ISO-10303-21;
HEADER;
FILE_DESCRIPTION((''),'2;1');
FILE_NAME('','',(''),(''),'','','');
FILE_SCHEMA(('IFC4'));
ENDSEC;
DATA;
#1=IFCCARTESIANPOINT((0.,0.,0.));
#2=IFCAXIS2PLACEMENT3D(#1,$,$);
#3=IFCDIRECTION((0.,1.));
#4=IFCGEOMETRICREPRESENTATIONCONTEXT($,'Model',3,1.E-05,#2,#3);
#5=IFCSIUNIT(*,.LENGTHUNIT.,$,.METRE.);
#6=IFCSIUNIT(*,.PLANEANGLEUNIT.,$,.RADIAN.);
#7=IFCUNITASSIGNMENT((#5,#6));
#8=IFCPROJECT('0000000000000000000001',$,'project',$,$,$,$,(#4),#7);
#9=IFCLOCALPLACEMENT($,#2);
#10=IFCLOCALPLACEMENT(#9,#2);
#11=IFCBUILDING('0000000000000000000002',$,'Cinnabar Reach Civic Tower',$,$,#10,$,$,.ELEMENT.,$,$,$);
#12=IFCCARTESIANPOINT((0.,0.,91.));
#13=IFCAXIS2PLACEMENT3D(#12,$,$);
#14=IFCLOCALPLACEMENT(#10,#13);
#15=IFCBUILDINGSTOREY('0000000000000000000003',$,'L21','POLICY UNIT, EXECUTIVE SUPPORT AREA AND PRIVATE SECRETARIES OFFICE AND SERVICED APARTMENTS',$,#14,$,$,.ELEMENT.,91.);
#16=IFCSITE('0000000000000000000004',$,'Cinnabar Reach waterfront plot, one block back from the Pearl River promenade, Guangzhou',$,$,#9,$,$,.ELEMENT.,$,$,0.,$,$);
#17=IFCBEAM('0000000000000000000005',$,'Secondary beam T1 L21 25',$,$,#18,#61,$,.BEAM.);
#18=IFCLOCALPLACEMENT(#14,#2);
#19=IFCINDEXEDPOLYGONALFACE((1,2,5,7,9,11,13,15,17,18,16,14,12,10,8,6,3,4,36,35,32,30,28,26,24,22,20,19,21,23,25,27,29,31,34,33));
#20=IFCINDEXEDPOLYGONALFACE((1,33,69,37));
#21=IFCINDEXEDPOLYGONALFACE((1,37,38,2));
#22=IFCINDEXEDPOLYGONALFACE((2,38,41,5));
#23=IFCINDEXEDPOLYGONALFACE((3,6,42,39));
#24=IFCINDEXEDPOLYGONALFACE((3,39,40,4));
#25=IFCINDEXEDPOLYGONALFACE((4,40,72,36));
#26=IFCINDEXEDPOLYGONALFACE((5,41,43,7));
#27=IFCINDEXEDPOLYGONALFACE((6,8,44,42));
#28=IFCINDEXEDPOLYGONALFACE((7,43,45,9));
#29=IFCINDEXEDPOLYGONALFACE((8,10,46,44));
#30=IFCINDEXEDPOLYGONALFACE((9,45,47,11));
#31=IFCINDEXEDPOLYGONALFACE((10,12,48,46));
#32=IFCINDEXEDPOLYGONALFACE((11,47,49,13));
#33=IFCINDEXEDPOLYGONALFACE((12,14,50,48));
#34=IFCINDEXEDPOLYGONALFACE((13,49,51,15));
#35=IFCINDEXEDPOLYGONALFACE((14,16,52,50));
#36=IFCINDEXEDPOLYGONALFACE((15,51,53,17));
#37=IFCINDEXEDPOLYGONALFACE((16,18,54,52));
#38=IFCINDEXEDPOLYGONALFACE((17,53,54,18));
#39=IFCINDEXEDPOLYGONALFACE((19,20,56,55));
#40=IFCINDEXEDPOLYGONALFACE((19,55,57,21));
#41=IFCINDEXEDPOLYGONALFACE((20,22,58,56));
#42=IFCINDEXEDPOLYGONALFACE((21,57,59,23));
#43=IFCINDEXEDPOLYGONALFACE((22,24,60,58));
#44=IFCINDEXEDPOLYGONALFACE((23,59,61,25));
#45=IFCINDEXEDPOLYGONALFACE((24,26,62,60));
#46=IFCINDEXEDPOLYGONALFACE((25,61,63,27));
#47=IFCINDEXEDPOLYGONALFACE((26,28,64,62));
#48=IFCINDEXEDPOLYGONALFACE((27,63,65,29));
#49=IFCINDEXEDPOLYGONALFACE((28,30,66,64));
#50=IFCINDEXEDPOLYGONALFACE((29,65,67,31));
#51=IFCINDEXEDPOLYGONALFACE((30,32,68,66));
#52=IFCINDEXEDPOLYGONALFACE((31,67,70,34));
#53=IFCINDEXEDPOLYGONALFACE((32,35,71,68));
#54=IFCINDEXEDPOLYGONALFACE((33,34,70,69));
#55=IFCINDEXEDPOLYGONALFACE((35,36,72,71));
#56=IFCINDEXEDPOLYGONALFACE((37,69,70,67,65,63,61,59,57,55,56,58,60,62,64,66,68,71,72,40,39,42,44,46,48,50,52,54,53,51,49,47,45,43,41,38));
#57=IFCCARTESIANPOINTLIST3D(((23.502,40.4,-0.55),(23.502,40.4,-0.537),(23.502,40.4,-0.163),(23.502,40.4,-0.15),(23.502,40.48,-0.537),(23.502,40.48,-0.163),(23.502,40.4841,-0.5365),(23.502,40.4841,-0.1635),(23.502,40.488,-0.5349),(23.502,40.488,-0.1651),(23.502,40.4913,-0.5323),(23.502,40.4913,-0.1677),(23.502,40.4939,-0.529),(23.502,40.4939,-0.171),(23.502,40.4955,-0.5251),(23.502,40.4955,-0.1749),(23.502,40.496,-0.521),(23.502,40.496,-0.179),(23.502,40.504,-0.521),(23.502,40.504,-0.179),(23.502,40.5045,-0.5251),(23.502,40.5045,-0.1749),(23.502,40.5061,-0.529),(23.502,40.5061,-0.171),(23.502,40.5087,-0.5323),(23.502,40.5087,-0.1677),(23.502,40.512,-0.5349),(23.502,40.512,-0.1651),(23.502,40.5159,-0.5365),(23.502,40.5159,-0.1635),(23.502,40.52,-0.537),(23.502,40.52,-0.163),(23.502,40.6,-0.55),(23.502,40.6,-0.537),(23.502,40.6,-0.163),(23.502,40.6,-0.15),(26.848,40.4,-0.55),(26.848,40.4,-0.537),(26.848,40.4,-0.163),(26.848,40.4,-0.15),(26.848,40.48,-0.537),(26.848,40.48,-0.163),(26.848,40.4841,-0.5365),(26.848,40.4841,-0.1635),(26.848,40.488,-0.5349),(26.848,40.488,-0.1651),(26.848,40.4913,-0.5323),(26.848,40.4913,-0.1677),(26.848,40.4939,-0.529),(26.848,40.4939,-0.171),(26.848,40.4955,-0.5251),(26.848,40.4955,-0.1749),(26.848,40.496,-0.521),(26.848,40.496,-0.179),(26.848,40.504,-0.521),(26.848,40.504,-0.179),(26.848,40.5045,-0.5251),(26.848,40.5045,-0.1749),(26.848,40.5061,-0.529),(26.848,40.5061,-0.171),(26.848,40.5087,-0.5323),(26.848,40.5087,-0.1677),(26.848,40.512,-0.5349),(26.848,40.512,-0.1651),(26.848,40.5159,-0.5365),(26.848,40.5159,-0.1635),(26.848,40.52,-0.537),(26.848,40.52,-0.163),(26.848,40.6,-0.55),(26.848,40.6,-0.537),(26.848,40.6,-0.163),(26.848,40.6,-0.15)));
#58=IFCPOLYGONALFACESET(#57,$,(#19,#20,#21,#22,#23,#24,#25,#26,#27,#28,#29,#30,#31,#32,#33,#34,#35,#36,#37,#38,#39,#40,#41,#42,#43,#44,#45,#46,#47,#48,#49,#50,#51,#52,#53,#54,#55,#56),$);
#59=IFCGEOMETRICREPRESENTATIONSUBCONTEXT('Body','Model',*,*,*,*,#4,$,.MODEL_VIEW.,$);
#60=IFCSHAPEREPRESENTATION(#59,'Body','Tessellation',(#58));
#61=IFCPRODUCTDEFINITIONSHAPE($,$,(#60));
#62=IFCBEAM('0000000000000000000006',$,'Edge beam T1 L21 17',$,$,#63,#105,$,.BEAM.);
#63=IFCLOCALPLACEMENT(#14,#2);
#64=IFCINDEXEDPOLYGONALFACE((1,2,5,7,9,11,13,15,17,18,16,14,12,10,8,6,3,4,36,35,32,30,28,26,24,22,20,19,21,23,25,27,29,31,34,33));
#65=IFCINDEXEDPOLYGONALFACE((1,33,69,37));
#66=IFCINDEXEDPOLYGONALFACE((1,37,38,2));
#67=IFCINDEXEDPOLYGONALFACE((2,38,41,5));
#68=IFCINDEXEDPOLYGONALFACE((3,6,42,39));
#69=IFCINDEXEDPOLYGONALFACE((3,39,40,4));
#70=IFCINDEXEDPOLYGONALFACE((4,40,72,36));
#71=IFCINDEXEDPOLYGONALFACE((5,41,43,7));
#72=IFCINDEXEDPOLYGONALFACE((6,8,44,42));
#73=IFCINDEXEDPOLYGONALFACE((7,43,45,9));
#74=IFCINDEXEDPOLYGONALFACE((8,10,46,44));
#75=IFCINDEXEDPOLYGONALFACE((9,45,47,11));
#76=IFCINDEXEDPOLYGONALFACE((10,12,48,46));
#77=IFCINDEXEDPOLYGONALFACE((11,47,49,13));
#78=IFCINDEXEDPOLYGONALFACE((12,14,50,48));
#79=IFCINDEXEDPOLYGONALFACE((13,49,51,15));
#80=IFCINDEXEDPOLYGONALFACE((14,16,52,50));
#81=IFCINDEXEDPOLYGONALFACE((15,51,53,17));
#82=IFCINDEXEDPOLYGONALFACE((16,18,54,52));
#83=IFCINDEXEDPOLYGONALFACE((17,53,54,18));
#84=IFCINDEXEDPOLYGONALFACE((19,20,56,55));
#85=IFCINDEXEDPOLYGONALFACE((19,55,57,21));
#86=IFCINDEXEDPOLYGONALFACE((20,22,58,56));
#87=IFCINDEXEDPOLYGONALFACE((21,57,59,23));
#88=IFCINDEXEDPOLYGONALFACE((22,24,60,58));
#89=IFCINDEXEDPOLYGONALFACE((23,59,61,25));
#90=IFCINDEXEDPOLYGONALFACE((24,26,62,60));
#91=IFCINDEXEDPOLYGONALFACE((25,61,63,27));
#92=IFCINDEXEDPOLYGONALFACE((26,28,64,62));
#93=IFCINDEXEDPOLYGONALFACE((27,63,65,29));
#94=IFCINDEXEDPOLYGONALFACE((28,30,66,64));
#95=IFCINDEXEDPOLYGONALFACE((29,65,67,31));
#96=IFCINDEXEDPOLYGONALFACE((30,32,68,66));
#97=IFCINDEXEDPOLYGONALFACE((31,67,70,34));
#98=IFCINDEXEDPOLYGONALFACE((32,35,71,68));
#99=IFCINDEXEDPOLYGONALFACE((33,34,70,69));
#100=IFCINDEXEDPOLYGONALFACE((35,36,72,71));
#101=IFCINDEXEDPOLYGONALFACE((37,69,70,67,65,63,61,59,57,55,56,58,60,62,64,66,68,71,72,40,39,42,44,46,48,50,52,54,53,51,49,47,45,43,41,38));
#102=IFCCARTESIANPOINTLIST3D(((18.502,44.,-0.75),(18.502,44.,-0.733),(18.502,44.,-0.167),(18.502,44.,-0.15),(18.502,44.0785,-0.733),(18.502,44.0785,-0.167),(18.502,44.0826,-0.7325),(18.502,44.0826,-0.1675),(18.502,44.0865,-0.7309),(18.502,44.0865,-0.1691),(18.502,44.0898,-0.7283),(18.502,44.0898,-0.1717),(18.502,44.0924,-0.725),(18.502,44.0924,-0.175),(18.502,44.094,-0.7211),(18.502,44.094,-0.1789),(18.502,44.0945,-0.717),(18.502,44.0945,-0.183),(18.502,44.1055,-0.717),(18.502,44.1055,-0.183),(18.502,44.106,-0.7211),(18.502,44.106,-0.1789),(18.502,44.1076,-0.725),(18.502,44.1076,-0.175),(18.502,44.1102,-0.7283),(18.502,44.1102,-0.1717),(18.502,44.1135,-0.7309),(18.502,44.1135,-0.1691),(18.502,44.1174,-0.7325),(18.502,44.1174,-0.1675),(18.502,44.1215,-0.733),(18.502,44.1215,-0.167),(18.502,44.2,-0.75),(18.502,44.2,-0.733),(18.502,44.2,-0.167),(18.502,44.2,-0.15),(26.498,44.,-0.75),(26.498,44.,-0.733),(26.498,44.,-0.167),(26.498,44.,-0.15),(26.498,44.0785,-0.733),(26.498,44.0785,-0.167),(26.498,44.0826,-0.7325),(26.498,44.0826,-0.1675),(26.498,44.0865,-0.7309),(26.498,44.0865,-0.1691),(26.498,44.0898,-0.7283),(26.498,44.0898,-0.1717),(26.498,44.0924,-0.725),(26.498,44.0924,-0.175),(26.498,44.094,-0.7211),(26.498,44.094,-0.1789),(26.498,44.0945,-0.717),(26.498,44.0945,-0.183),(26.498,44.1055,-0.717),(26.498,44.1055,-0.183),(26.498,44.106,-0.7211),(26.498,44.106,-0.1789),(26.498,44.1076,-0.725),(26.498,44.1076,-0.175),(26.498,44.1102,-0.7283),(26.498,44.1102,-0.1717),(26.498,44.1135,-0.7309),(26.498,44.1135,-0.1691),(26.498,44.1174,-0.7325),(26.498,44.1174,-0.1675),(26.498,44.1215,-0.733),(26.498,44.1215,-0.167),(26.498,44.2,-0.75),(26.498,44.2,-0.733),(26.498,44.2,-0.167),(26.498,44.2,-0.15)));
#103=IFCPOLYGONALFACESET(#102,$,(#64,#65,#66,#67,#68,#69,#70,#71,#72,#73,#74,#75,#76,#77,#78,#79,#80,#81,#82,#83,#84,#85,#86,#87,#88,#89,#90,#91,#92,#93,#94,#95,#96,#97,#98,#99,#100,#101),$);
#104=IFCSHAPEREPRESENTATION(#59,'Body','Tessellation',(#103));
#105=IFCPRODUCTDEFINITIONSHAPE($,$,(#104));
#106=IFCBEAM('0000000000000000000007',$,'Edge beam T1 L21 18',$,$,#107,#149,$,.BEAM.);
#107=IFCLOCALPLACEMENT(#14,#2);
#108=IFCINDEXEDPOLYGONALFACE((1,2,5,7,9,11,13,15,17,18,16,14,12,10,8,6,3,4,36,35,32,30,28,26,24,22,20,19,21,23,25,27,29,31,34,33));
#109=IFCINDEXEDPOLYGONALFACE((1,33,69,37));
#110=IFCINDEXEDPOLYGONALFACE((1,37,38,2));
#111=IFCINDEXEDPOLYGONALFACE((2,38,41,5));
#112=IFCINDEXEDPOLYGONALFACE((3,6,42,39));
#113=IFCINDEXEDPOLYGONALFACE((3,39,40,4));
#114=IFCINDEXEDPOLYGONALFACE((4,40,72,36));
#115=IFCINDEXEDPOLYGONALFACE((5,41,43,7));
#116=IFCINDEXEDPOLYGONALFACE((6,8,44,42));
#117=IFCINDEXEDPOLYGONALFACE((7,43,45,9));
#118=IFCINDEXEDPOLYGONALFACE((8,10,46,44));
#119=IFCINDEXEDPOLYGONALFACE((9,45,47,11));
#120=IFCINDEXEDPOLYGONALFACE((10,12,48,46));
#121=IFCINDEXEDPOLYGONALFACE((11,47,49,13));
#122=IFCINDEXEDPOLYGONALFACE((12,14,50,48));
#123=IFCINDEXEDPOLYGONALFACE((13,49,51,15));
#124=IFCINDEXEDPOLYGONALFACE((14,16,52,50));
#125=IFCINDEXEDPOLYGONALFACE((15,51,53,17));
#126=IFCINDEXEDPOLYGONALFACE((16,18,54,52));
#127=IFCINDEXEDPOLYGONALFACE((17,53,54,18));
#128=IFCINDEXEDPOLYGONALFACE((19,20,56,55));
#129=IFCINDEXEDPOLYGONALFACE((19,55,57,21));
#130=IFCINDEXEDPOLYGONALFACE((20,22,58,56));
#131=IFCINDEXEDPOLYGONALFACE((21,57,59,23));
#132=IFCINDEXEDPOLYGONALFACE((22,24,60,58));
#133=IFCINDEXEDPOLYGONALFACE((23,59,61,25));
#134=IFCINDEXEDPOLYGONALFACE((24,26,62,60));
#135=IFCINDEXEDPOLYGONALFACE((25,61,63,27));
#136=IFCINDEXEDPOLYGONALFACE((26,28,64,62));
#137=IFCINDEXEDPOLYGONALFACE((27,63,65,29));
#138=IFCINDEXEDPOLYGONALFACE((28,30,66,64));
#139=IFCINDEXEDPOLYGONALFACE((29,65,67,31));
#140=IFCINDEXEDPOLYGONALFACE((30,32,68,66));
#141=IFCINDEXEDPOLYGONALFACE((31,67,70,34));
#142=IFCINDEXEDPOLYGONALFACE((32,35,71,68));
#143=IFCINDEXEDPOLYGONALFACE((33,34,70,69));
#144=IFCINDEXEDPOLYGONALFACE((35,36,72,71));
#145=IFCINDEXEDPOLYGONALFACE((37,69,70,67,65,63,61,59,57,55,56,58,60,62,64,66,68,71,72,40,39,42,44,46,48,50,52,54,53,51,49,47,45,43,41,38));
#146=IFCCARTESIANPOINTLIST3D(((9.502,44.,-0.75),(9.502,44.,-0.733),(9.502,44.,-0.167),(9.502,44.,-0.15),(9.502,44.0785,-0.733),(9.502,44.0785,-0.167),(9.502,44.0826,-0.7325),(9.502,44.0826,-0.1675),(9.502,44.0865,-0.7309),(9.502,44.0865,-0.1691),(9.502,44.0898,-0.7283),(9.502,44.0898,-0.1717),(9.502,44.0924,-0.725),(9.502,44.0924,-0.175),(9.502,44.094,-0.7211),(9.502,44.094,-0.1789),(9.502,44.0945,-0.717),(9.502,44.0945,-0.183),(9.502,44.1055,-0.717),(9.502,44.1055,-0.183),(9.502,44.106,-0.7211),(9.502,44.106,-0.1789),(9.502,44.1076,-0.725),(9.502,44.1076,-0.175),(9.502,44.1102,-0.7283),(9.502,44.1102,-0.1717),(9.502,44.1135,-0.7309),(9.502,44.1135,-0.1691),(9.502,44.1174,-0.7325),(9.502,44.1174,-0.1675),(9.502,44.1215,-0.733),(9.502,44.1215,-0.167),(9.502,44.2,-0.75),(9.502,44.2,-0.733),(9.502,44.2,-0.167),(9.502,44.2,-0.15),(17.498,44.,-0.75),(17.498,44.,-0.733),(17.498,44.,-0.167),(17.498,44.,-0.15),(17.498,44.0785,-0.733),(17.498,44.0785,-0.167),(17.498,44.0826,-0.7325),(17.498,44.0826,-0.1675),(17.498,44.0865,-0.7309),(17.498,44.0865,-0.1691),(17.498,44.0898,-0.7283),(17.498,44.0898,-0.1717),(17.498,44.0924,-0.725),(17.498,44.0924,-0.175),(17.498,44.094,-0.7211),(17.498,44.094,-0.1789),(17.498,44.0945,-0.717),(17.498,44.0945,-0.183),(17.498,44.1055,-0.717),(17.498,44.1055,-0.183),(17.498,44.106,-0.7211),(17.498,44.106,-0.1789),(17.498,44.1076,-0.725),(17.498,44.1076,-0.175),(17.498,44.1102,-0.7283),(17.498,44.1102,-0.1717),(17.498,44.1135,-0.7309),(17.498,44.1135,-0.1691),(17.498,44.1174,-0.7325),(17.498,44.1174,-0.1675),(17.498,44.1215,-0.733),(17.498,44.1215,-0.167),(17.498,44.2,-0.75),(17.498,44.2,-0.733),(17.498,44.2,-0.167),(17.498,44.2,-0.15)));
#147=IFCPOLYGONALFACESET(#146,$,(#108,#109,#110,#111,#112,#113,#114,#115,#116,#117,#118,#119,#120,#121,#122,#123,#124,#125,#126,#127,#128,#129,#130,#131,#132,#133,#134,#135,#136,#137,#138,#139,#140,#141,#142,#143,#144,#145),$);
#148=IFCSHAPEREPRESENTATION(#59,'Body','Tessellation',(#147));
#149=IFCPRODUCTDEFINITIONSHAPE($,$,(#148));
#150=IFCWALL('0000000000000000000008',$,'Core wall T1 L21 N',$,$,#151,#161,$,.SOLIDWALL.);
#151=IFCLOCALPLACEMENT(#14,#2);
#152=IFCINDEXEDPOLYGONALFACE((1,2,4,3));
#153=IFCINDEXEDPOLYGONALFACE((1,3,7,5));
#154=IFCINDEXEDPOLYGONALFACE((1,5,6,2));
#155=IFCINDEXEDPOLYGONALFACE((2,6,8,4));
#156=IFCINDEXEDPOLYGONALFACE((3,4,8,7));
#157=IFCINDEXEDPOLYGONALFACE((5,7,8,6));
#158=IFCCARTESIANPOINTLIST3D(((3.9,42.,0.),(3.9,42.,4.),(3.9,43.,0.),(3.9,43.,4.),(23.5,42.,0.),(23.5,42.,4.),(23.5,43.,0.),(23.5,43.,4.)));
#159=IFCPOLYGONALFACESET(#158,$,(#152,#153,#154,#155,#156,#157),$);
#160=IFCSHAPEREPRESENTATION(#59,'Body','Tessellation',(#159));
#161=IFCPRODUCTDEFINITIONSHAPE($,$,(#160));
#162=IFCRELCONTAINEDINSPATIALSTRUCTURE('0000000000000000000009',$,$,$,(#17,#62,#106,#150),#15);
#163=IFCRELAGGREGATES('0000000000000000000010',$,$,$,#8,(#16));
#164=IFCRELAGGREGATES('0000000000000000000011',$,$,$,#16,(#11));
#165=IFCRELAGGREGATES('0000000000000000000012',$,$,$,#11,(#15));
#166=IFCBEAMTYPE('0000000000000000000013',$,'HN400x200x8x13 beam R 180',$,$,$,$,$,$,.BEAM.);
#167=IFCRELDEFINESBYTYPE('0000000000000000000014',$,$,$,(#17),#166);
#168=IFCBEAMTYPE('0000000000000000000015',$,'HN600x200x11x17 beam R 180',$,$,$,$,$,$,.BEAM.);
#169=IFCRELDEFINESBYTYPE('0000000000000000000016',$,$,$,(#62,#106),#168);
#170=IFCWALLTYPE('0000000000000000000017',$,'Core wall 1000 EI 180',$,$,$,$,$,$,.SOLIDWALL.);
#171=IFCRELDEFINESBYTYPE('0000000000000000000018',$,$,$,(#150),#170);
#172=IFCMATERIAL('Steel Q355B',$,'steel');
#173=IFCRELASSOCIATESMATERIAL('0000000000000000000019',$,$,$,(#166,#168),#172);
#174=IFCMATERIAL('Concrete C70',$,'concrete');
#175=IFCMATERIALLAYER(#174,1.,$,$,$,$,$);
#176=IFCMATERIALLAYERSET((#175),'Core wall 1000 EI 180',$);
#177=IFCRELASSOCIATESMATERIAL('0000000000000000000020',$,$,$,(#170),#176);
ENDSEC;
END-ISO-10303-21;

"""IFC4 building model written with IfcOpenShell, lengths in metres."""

from ifc_helpers import new_model, si_unit, direction, frame, frame_2d, origin, origin_2d, place, context, subcontext, project, spatial, rectangle, i_section, extrude, material, layer, layer_set, material_profile, profile_set, type_object, element, save


model = new_model("IFC4")

# Units and contexts
model_context = context("Model", 3, precision=1e-05, world=origin(), true_north=direction((0.0, 1.0)))
body_context = subcontext(model_context, "Body", "Model", "MODEL_VIEW")
ifc_project = project(units=[si_unit("LENGTHUNIT", "METRE"), si_unit("PLANEANGLEUNIT", "RADIAN")], contexts=[model_context])

# Site, building, storey
site_placement = place(None, origin())
site = spatial("IfcSite", under=ifc_project, at=site_placement, Name="Cinnabar Reach waterfront plot, one block back from the Pearl River promenade, Guangzhou", CompositionType="ELEMENT", RefElevation=0.0)
building_placement = place(site_placement, origin())
building = spatial("IfcBuilding", under=site, at=building_placement, Name="Cinnabar Reach Civic Tower", CompositionType="ELEMENT")
storey_placement = place(building_placement, frame((0.0, 0.0, 91.0)))
storey = spatial("IfcBuildingStorey", under=building, at=storey_placement, Name="L21", Description="POLICY UNIT, EXECUTIVE SUPPORT AREA AND PRIVATE SECRETARIES OFFICE AND SERVICED APARTMENTS", CompositionType="ELEMENT", Elevation=91.0)

# Shared definitions
ifc_material_1 = material(Name="Concrete C70", Category="concrete")

# Beams
ifc_material_2 = material(Name="Steel Q355B", Category="steel")
ifc_material_profile_1 = material_profile(ifc_material_2, i_section(OverallWidth=0.2, OverallDepth=0.4, WebThickness=0.008, FlangeThickness=0.013, FilletRadius=0.016, at=origin_2d()), Name="HN400x200x8x13")
ifc_profile_set_1 = profile_set([ifc_material_profile_1], Name="Steel Q355B")
beam_type_1 = type_object("IfcBeamType", Name="HN400x200x8x13 beam R 180", PredefinedType="BEAM", material=ifc_profile_set_1)
for number, where, z_axis, x_axis, name in (
    (1, (23.502, 40.5, -0.35), (1.0, 0.0, 0.0), (0.0, 1.0, 0.0), "Secondary beam T1 L21 25"),
):
    element("IfcBeam", number, at=place(storey_placement, frame(where, z_axis=z_axis, x_axis=x_axis)), inside=storey, type_object=beam_type_1, Name=name, PredefinedType="BEAM", context=body_context, shape_type="SweptSolid", body=[
        extrude(i_section(OverallWidth=0.2, OverallDepth=0.4, WebThickness=0.008, FlangeThickness=0.013, FilletRadius=0.016, at=origin_2d()), origin(), (0.0, 0.0, 1.0), 3.346),
    ])
ifc_material_profile_2 = material_profile(ifc_material_2, i_section(OverallWidth=0.2, OverallDepth=0.6, WebThickness=0.011, FlangeThickness=0.017, FilletRadius=0.016, at=origin_2d()), Name="HN600x200x11x17")
ifc_profile_set_2 = profile_set([ifc_material_profile_2], Name="Steel Q355B")
beam_type_2 = type_object("IfcBeamType", Name="HN600x200x11x17 beam R 180", PredefinedType="BEAM", material=ifc_profile_set_2)
for number, where, z_axis, x_axis, name in (
    (2, (26.498, 44.1, -0.45), (-1.0, 0.0, 0.0), (0.0, -1.0, 0.0), "Edge beam T1 L21 17"),
    (3, (17.498, 44.1, -0.45), (-1.0, 0.0, 0.0), (0.0, -1.0, 0.0), "Edge beam T1 L21 18"),
):
    element("IfcBeam", number, at=place(storey_placement, frame(where, z_axis=z_axis, x_axis=x_axis)), inside=storey, type_object=beam_type_2, Name=name, PredefinedType="BEAM", context=body_context, shape_type="SweptSolid", body=[
        extrude(i_section(OverallWidth=0.2, OverallDepth=0.6, WebThickness=0.011, FlangeThickness=0.017, FilletRadius=0.016, at=origin_2d()), origin(), (0.0, 0.0, 1.0), 7.996),
    ])

# Wall
ifc_layer_1 = layer(ifc_material_1, 1.0)
ifc_layer_set_1 = layer_set([ifc_layer_1], Name="Core wall 1000 EI 180")
wall_type_1 = type_object("IfcWallType", Name="Core wall 1000 EI 180", PredefinedType="SOLIDWALL", material=ifc_layer_set_1)
wall_1_placement = place(storey_placement, frame((23.5, 42.5, 0.0), z_axis=(0.0, 0.0, 1.0), x_axis=(-1.0, 0.0, 0.0)))
element("IfcWall", 4, at=wall_1_placement, inside=storey, type_object=wall_type_1, Name="Core wall T1 L21 N", PredefinedType="SOLIDWALL", context=body_context, shape_type="SweptSolid", body=[
    extrude(rectangle(XDim=19.6, YDim=1.0, at=frame_2d((9.8, 0.0))), origin(), (0.0, 0.0, 1.0), 4.0),
])

save(model, "model.ifc")
